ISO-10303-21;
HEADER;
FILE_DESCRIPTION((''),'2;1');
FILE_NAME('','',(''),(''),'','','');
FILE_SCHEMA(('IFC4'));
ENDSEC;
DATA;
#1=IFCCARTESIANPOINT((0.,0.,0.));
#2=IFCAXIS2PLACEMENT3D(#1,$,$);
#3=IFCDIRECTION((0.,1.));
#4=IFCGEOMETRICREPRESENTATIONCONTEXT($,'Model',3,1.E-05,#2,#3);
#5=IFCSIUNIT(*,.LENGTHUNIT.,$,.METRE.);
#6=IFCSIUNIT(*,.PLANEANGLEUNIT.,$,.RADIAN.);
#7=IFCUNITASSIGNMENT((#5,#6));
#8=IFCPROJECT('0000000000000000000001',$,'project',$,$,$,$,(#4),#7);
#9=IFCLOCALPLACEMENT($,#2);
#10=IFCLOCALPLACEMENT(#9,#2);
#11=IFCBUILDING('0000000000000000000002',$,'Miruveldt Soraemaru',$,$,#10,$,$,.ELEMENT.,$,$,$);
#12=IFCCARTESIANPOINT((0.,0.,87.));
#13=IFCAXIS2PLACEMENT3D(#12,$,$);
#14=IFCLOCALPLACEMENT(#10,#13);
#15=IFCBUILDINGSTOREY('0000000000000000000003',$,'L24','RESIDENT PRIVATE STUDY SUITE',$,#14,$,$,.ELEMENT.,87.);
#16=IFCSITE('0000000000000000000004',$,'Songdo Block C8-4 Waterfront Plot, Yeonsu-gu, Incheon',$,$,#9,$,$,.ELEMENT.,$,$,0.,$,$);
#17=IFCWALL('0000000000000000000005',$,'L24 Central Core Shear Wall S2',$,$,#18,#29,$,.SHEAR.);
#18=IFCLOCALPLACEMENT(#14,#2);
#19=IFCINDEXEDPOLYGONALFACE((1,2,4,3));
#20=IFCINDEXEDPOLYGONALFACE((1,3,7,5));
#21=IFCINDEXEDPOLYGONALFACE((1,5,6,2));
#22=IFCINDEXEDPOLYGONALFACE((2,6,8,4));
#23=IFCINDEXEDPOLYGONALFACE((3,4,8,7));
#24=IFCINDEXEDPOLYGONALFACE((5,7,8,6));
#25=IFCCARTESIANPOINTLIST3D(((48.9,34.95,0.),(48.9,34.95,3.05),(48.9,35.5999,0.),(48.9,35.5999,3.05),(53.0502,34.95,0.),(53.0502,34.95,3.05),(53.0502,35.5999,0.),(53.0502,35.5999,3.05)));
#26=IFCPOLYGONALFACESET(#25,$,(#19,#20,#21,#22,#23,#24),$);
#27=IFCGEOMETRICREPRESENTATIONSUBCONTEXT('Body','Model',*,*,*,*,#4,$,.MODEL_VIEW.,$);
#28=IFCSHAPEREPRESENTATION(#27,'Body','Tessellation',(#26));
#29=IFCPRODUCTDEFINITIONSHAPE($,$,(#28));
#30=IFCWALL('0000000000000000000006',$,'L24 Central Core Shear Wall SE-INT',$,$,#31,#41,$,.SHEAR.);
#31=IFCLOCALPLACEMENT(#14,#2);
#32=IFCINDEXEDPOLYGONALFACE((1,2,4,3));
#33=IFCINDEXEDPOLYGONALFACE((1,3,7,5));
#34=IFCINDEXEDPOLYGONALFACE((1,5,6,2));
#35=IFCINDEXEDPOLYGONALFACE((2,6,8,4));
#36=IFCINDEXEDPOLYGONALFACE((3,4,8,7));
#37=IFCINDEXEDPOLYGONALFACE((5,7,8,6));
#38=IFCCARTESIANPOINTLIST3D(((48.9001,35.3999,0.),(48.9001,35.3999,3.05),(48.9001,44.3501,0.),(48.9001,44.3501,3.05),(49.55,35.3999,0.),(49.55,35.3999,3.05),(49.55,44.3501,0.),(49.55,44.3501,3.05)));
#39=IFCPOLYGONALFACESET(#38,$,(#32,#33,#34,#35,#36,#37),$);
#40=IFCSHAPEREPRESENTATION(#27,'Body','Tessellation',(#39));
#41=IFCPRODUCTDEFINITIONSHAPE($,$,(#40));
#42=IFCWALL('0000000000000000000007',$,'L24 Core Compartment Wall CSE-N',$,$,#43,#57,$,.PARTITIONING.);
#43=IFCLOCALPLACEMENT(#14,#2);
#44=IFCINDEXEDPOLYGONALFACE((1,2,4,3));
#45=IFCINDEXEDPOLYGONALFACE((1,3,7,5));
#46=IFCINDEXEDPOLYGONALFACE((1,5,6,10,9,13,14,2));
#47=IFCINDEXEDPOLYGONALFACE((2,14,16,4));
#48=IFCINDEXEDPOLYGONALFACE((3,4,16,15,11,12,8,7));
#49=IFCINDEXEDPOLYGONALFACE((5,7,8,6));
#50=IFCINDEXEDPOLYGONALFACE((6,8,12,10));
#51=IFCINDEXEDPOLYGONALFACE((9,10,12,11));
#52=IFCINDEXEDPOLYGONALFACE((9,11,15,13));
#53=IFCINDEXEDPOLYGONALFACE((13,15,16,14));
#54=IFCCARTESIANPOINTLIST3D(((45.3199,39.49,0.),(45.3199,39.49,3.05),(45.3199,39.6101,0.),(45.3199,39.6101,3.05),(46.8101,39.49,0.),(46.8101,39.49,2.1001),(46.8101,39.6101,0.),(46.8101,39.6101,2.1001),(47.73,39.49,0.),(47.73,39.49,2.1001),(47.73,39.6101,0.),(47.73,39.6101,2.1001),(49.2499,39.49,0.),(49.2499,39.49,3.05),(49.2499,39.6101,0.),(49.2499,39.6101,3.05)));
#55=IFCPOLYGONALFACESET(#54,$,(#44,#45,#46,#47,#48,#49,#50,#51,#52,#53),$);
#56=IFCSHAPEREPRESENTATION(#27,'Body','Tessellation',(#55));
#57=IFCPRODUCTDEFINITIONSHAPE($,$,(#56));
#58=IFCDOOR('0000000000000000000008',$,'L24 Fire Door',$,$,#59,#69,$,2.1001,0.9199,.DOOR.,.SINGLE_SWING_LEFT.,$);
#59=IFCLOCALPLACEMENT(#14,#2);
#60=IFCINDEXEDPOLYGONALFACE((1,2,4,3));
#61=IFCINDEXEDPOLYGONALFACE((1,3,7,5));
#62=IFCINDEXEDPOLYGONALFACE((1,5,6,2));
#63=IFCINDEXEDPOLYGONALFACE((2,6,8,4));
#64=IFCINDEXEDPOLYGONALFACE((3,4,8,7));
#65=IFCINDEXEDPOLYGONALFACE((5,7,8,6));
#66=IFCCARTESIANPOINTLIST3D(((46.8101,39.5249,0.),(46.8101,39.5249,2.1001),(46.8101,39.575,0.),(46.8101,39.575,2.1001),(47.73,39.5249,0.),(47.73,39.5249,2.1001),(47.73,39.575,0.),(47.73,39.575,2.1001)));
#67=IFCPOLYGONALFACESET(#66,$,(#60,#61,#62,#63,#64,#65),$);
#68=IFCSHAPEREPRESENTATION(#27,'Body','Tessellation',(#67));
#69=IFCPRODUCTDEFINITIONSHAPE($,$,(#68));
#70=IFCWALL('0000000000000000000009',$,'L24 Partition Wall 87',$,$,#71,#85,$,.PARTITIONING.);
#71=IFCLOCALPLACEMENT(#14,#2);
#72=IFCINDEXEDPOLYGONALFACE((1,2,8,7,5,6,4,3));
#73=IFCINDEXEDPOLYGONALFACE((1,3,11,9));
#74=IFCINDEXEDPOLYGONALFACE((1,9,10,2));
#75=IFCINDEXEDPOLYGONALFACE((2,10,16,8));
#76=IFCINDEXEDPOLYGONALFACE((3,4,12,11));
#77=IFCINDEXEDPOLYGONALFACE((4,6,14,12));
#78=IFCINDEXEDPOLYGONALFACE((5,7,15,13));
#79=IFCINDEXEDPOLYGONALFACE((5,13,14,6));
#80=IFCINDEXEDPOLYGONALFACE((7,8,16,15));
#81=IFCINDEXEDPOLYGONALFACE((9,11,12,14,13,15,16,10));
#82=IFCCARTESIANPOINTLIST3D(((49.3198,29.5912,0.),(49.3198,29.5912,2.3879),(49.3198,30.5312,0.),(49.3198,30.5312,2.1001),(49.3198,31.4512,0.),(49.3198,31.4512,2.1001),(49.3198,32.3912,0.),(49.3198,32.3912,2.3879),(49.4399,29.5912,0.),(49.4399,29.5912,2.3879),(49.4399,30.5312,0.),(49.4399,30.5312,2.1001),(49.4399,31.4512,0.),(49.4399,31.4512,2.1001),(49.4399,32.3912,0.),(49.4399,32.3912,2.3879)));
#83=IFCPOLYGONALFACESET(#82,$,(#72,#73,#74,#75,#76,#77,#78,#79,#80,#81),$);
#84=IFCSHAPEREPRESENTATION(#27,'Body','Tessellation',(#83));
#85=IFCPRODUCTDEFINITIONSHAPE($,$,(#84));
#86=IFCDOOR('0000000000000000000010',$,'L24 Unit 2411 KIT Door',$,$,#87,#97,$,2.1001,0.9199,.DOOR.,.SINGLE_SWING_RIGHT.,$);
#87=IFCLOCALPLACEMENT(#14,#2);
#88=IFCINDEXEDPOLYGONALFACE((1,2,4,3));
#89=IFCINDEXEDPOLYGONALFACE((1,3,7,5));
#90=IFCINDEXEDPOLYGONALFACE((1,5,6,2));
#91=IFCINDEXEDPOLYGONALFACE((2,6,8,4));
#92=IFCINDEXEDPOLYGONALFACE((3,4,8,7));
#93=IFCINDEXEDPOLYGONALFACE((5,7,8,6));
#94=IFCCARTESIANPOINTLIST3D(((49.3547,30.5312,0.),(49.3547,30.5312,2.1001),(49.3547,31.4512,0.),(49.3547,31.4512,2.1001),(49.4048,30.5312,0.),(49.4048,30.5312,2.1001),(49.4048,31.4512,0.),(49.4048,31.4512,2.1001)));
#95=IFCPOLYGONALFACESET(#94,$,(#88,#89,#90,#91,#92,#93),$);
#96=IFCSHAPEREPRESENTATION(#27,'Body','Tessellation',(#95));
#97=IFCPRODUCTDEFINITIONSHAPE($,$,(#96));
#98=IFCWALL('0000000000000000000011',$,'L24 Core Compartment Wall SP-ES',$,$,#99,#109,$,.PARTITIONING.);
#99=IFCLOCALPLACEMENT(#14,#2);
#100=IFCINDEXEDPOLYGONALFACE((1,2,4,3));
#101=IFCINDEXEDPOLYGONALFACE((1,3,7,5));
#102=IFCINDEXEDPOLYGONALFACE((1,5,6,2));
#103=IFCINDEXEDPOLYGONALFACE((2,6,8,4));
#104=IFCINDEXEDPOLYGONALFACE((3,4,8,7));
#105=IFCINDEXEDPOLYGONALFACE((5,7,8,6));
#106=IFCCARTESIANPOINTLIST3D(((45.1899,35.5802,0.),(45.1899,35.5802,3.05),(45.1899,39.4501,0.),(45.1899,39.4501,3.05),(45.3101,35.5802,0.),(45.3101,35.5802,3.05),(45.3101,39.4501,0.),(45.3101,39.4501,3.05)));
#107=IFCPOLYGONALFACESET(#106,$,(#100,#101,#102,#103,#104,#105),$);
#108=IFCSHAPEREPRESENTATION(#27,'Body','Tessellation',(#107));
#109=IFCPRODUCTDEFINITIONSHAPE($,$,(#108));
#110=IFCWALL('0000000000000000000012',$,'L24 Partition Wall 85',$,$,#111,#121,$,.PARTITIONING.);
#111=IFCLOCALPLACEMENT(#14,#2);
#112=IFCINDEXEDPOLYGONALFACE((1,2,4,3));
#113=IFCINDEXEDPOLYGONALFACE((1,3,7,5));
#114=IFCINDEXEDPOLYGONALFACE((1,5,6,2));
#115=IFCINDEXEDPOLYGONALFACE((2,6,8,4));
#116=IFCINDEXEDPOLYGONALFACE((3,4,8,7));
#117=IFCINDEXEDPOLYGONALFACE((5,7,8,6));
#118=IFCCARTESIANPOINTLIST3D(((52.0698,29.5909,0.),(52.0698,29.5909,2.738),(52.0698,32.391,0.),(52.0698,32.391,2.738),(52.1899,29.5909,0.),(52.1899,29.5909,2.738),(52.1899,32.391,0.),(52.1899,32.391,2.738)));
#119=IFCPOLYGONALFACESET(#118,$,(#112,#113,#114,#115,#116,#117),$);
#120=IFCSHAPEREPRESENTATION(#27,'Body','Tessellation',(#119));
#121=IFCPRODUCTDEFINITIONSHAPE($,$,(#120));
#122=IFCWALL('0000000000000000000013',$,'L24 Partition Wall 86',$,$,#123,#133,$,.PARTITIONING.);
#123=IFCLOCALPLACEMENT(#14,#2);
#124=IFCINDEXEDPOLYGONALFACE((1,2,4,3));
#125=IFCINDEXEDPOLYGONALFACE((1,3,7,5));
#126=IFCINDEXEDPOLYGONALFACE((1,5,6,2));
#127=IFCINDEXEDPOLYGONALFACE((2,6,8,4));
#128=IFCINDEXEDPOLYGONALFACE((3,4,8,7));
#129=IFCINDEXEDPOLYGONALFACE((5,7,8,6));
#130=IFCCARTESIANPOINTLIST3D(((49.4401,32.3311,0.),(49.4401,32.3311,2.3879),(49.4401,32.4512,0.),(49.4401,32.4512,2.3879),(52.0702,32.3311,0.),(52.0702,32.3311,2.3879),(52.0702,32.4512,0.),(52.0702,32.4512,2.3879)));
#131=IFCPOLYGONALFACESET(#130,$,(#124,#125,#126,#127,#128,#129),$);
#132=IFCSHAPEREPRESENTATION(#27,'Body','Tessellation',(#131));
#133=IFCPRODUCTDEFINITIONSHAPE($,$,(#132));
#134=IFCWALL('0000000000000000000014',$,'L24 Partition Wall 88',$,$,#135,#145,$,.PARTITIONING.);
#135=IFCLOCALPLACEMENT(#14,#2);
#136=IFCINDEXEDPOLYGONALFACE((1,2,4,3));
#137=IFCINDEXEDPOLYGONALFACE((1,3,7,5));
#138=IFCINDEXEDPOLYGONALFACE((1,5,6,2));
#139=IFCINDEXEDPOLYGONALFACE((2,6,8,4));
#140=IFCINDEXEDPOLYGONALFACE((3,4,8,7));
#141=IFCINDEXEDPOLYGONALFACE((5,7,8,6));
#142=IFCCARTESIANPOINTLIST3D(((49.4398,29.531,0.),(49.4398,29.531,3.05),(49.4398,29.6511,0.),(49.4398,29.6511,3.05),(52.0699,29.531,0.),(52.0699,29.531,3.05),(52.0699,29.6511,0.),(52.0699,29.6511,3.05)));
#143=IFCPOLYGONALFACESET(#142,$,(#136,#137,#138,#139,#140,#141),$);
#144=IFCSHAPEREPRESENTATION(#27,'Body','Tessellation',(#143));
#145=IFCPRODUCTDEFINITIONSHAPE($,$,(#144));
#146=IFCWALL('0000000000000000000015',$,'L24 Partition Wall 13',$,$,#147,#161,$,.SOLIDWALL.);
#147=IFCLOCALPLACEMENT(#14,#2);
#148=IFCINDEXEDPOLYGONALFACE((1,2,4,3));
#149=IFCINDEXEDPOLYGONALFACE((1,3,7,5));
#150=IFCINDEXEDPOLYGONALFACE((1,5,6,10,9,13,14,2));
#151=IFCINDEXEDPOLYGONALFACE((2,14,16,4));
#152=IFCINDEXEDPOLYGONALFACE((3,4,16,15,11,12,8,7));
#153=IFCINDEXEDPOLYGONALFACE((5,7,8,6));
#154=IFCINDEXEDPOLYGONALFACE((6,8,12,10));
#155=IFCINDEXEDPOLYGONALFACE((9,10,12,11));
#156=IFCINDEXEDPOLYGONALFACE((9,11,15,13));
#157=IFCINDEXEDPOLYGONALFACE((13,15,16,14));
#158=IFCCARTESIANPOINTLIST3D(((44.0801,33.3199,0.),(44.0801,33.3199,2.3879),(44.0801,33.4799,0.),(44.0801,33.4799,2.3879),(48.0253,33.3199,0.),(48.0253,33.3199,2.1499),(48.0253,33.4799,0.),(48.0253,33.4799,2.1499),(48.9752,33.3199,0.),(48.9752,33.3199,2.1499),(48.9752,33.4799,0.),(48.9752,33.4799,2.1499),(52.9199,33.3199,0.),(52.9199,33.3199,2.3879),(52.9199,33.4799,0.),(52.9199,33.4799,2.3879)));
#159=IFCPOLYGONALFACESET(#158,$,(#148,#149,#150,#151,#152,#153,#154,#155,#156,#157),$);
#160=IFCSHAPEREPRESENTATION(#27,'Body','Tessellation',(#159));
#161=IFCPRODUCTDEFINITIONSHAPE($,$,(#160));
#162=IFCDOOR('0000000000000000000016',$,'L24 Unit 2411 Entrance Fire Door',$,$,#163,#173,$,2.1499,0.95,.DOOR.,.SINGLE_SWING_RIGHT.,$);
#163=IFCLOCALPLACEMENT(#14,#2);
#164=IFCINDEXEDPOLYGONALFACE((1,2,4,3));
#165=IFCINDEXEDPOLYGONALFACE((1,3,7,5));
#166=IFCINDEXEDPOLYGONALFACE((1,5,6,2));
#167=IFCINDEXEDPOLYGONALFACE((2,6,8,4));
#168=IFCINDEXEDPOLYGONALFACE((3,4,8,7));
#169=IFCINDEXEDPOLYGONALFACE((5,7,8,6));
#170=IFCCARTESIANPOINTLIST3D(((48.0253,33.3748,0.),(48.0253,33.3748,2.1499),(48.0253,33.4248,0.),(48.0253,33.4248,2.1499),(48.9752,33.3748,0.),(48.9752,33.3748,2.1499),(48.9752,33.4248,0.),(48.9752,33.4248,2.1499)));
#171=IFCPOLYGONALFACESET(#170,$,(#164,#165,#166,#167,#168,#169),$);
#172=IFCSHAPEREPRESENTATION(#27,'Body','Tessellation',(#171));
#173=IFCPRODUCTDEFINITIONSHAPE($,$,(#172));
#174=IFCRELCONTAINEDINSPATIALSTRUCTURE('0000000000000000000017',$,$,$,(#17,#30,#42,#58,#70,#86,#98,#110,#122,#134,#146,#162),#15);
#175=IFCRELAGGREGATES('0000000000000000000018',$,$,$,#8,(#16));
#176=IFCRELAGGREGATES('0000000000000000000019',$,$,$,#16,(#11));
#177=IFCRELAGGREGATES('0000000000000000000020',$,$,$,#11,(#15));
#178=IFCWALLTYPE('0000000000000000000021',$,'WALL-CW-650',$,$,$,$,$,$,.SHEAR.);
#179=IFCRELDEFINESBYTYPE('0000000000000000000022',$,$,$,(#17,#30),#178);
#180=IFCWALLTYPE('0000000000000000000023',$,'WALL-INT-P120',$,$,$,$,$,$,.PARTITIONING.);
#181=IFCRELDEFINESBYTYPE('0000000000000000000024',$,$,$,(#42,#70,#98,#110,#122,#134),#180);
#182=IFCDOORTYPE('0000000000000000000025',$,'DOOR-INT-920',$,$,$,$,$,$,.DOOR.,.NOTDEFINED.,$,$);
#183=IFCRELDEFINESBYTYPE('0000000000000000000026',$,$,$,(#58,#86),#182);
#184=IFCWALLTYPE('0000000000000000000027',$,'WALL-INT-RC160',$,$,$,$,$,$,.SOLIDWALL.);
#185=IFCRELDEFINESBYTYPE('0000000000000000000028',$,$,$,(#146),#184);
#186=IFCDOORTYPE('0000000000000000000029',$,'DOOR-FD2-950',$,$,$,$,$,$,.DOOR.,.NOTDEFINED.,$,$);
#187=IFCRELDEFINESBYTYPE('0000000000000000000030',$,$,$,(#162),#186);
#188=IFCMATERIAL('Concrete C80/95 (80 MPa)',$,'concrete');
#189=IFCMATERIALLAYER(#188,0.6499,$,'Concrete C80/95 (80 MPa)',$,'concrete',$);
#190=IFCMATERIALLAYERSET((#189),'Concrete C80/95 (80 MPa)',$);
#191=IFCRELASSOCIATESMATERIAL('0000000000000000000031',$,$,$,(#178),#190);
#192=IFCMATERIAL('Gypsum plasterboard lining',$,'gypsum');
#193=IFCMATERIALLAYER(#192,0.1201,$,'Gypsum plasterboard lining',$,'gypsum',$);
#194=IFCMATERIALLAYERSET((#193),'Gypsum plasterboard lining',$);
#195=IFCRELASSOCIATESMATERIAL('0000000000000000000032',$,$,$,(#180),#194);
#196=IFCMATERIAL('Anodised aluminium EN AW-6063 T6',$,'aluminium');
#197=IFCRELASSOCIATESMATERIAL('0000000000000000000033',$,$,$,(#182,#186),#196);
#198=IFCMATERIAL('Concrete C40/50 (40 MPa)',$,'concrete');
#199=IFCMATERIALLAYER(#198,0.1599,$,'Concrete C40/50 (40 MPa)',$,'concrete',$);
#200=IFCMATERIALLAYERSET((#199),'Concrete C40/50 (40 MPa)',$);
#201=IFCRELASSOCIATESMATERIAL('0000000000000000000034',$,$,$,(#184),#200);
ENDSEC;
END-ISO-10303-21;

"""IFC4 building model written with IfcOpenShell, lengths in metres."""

from ifc_helpers import new_model, si_unit, direction, frame, frame_2d, origin, place, context, subcontext, project, spatial, rectangle, extrude, material, layer, layer_set, type_object, element, fill, save


model = new_model("IFC4")

# Units and contexts
model_context = context("Model", 3, precision=1e-05, world=origin(), true_north=direction((0.0, 1.0)))
body_context = subcontext(model_context, "Body", "Model", "MODEL_VIEW")
ifc_project = project(units=[si_unit("LENGTHUNIT", "METRE"), si_unit("PLANEANGLEUNIT", "RADIAN")], contexts=[model_context])

# Site, building, storey
site_placement = place(None, origin())
site = spatial("IfcSite", under=ifc_project, at=site_placement, Name="Songdo Block C8-4 Waterfront Plot, Yeonsu-gu, Incheon", CompositionType="ELEMENT", RefElevation=0.0)
building_placement = place(site_placement, origin())
building = spatial("IfcBuilding", under=site, at=building_placement, Name="Miruveldt Soraemaru", CompositionType="ELEMENT")
storey_placement = place(building_placement, frame((0.0, 0.0, 87.0)))
storey = spatial("IfcBuildingStorey", under=building, at=storey_placement, Name="L24", Description="RESIDENT PRIVATE STUDY SUITE", CompositionType="ELEMENT", Elevation=87.0)

# Walls
ifc_material_1 = material(Name="Concrete C80/95 (80 MPa)", Category="concrete")
ifc_layer_1 = layer(ifc_material_1, 0.6499, Name="Concrete C80/95 (80 MPa)", Category="concrete")
ifc_layer_set_1 = layer_set([ifc_layer_1], Name="Concrete C80/95 (80 MPa)")
wall_type_1 = type_object("IfcWallType", Name="WALL-CW-650", PredefinedType="SHEAR", material=ifc_layer_set_1)
wall_1_placement = place(storey_placement, frame((48.8999, 35.2749, 0.0), z_axis=(0.0, 0.0, 1.0), x_axis=(1.0, 0.0, 0.0)))
element("IfcWall", 1, at=wall_1_placement, inside=storey, type_object=wall_type_1, Name="L24 Central Core Shear Wall S2", PredefinedType="SHEAR", context=body_context, shape_type="SweptSolid", body=[
    extrude(rectangle(XDim=4.1501, YDim=0.6499, at=frame_2d((2.0752, 0.0))), origin(), (0.0, 0.0, 1.0), 3.05),
])
wall_2_placement = place(storey_placement, frame((49.2251, 35.3999, 0.0), z_axis=(0.0, 0.0, 1.0), x_axis=(0.0, 1.0, 0.0)))
element("IfcWall", 2, at=wall_2_placement, inside=storey, type_object=wall_type_1, Name="L24 Central Core Shear Wall SE-INT", PredefinedType="SHEAR", context=body_context, shape_type="SweptSolid", body=[
    extrude(rectangle(XDim=8.9502, YDim=0.6499, at=frame_2d((4.4751, 0.0))), origin(), (0.0, 0.0, 1.0), 3.05),
])

# Walls, openings, doors
ifc_material_2 = material(Name="Gypsum plasterboard lining", Category="gypsum")
ifc_layer_2 = layer(ifc_material_2, 0.1201, Name="Gypsum plasterboard lining", Category="gypsum")
ifc_layer_set_2 = layer_set([ifc_layer_2], Name="Gypsum plasterboard lining")
wall_type_2 = type_object("IfcWallType", Name="WALL-INT-P120", PredefinedType="PARTITIONING", material=ifc_layer_set_2)
wall_3_placement = place(storey_placement, frame((45.3201, 39.55, 0.0), z_axis=(0.0, 0.0, 1.0), x_axis=(1.0, 0.0, 0.0)))
wall_3 = element("IfcWall", 3, at=wall_3_placement, inside=storey, type_object=wall_type_2, Name="L24 Core Compartment Wall CSE-N", PredefinedType="PARTITIONING", context=body_context, shape_type="SweptSolid", body=[
    extrude(rectangle(XDim=3.9299, YDim=0.1201, at=frame_2d((1.9648, 0.0))), origin(), (0.0, 0.0, 1.0), 3.05),
])
opening_1_placement = place(wall_3_placement, frame((1.49, 0.0, 0.0)))
opening_1 = element("IfcOpeningElement", 4, at=opening_1_placement, cuts=wall_3, PredefinedType="OPENING", context=body_context, shape_type="SweptSolid", body=[
    extrude(rectangle(XDim=0.9199, YDim=2.1001, at=frame_2d((0.46, 1.05))), frame((0.0, 0.0701, 0.0), z_axis=(0.0, -1.0, 0.0), x_axis=(1.0, 0.0, 0.0)), (0.0, 0.0, 1.0), 0.1401),
])
ifc_material_3 = material(Name="Anodised aluminium EN AW-6063 T6", Category="aluminium")
door_type_1 = type_object("IfcDoorType", Name="DOOR-INT-920", OperationType="NOTDEFINED", PredefinedType="DOOR", material=ifc_material_3)
door_1_placement = place(opening_1_placement, origin())
door_1 = element("IfcDoor", 5, at=door_1_placement, inside=storey, type_object=door_type_1, Name="L24 Fire Door", OperationType="SINGLE_SWING_LEFT", OverallHeight=2.1001, OverallWidth=0.9199, PredefinedType="DOOR", context=body_context, shape_type="SweptSolid", body=[
    extrude(rectangle(XDim=0.9199, YDim=2.1001, at=frame_2d((0.46, 1.05))), frame((0.0, 0.0249, 0.0), z_axis=(0.0, -1.0, 0.0), x_axis=(1.0, 0.0, 0.0)), (0.0, 0.0, 1.0), 0.05),
])
fill(opening_1, door_1)
wall_4_placement = place(storey_placement, frame((49.3799, 32.3911, 0.0), z_axis=(0.0, 0.0, 1.0), x_axis=(0.0, -1.0, 0.0)))
wall_4 = element("IfcWall", 6, at=wall_4_placement, inside=storey, type_object=wall_type_2, Name="L24 Partition Wall 87", PredefinedType="PARTITIONING", context=body_context, shape_type="SweptSolid", body=[
    extrude(rectangle(XDim=2.8, YDim=0.1201, at=frame_2d((1.3999, 0.0))), origin(), (0.0, 0.0, 1.0), 2.3879),
])
opening_2_placement = place(wall_4_placement, frame((0.9399, 0.0, 0.0)))
opening_2 = element("IfcOpeningElement", 7, at=opening_2_placement, cuts=wall_4, PredefinedType="OPENING", context=body_context, shape_type="SweptSolid", body=[
    extrude(rectangle(XDim=0.9199, YDim=2.1001, at=frame_2d((0.46, 1.05))), frame((0.0, 0.0701, 0.0), z_axis=(0.0, -1.0, 0.0), x_axis=(1.0, 0.0, 0.0)), (0.0, 0.0, 1.0), 0.1401),
])
door_2_placement = place(opening_2_placement, origin())
door_2 = element("IfcDoor", 8, at=door_2_placement, inside=storey, type_object=door_type_1, Name="L24 Unit 2411 KIT Door", OperationType="SINGLE_SWING_RIGHT", OverallHeight=2.1001, OverallWidth=0.9199, PredefinedType="DOOR", context=body_context, shape_type="SweptSolid", body=[
    extrude(rectangle(XDim=0.9199, YDim=2.1001, at=frame_2d((0.46, 1.05))), frame((0.0, 0.0249, 0.0), z_axis=(0.0, -1.0, 0.0), x_axis=(1.0, 0.0, 0.0)), (0.0, 0.0, 1.0), 0.05),
])
fill(opening_2, door_2)

# Walls
wall_5_placement = place(storey_placement, frame((45.25, 35.5801, 0.0), z_axis=(0.0, 0.0, 1.0), x_axis=(0.0, 1.0, 0.0)))
element("IfcWall", 9, at=wall_5_placement, inside=storey, type_object=wall_type_2, Name="L24 Core Compartment Wall SP-ES", PredefinedType="PARTITIONING", context=body_context, shape_type="SweptSolid", body=[
    extrude(rectangle(XDim=3.8699, YDim=0.1201, at=frame_2d((1.9351, 0.0))), origin(), (0.0, 0.0, 1.0), 3.05),
])
wall_6_placement = place(storey_placement, frame((52.1299, 29.5911, 0.0), z_axis=(0.0, 0.0, 1.0), x_axis=(0.0, 1.0, 0.0)))
element("IfcWall", 10, at=wall_6_placement, inside=storey, type_object=wall_type_2, Name="L24 Partition Wall 85", PredefinedType="PARTITIONING", context=body_context, shape_type="SweptSolid", body=[
    extrude(rectangle(XDim=2.8, YDim=0.1201, at=frame_2d((1.3999, 0.0))), origin(), (0.0, 0.0, 1.0), 2.738),
])
wall_7_placement = place(storey_placement, frame((52.0701, 32.3911, 0.0), z_axis=(0.0, 0.0, 1.0), x_axis=(-1.0, 0.0, 0.0)))
element("IfcWall", 11, at=wall_7_placement, inside=storey, type_object=wall_type_2, Name="L24 Partition Wall 86", PredefinedType="PARTITIONING", context=body_context, shape_type="SweptSolid", body=[
    extrude(rectangle(XDim=2.6301, YDim=0.1201, at=frame_2d((1.3149, 0.0))), origin(), (0.0, 0.0, 1.0), 2.3879),
])
wall_8_placement = place(storey_placement, frame((49.4399, 29.5911, 0.0), z_axis=(0.0, 0.0, 1.0), x_axis=(1.0, 0.0, 0.0)))
element("IfcWall", 12, at=wall_8_placement, inside=storey, type_object=wall_type_2, Name="L24 Partition Wall 88", PredefinedType="PARTITIONING", context=body_context, shape_type="SweptSolid", body=[
    extrude(rectangle(XDim=2.6301, YDim=0.1201, at=frame_2d((1.3149, 0.0))), origin(), (0.0, 0.0, 1.0), 3.05),
])

# Wall, opening, door
ifc_material_4 = material(Name="Concrete C40/50 (40 MPa)", Category="concrete")
ifc_layer_3 = layer(ifc_material_4, 0.1599, Name="Concrete C40/50 (40 MPa)", Category="concrete")
ifc_layer_set_3 = layer_set([ifc_layer_3], Name="Concrete C40/50 (40 MPa)")
wall_type_3 = type_object("IfcWallType", Name="WALL-INT-RC160", PredefinedType="SOLIDWALL", material=ifc_layer_set_3)
wall_9_placement = place(storey_placement, frame((44.0801, 33.3999, 0.0), z_axis=(0.0, 0.0, 1.0), x_axis=(1.0, 0.0, 0.0)))
wall_9 = element("IfcWall", 13, at=wall_9_placement, inside=storey, type_object=wall_type_3, Name="L24 Partition Wall 13", PredefinedType="SOLIDWALL", context=body_context, shape_type="SweptSolid", body=[
    extrude(rectangle(XDim=8.8398, YDim=0.1599, at=frame_2d((4.4199, 0.0))), origin(), (0.0, 0.0, 1.0), 2.3879),
])
opening_3_placement = place(wall_9_placement, frame((3.9451, 0.0, 0.0)))
opening_3 = element("IfcOpeningElement", 14, at=opening_3_placement, cuts=wall_9, PredefinedType="OPENING", context=body_context, shape_type="SweptSolid", body=[
    extrude(rectangle(XDim=0.95, YDim=2.1499, at=frame_2d((0.4751, 1.075))), frame((0.0, 0.0898, 0.0), z_axis=(0.0, -1.0, 0.0), x_axis=(1.0, 0.0, 0.0)), (0.0, 0.0, 1.0), 0.1799),
])
door_type_2 = type_object("IfcDoorType", Name="DOOR-FD2-950", OperationType="NOTDEFINED", PredefinedType="DOOR", material=ifc_material_3)
door_3_placement = place(opening_3_placement, origin())
door_3 = element("IfcDoor", 15, at=door_3_placement, inside=storey, type_object=door_type_2, Name="L24 Unit 2411 Entrance Fire Door", OperationType="SINGLE_SWING_RIGHT", OverallHeight=2.1499, OverallWidth=0.95, PredefinedType="DOOR", context=body_context, shape_type="SweptSolid", body=[
    extrude(rectangle(XDim=0.95, YDim=2.1499, at=frame_2d((0.4751, 1.075))), frame((0.0, 0.0249, 0.0), z_axis=(0.0, -1.0, 0.0), x_axis=(1.0, 0.0, 0.0)), (0.0, 0.0, 1.0), 0.05),
])
fill(opening_3, door_3)

save(model, "model.ifc")
